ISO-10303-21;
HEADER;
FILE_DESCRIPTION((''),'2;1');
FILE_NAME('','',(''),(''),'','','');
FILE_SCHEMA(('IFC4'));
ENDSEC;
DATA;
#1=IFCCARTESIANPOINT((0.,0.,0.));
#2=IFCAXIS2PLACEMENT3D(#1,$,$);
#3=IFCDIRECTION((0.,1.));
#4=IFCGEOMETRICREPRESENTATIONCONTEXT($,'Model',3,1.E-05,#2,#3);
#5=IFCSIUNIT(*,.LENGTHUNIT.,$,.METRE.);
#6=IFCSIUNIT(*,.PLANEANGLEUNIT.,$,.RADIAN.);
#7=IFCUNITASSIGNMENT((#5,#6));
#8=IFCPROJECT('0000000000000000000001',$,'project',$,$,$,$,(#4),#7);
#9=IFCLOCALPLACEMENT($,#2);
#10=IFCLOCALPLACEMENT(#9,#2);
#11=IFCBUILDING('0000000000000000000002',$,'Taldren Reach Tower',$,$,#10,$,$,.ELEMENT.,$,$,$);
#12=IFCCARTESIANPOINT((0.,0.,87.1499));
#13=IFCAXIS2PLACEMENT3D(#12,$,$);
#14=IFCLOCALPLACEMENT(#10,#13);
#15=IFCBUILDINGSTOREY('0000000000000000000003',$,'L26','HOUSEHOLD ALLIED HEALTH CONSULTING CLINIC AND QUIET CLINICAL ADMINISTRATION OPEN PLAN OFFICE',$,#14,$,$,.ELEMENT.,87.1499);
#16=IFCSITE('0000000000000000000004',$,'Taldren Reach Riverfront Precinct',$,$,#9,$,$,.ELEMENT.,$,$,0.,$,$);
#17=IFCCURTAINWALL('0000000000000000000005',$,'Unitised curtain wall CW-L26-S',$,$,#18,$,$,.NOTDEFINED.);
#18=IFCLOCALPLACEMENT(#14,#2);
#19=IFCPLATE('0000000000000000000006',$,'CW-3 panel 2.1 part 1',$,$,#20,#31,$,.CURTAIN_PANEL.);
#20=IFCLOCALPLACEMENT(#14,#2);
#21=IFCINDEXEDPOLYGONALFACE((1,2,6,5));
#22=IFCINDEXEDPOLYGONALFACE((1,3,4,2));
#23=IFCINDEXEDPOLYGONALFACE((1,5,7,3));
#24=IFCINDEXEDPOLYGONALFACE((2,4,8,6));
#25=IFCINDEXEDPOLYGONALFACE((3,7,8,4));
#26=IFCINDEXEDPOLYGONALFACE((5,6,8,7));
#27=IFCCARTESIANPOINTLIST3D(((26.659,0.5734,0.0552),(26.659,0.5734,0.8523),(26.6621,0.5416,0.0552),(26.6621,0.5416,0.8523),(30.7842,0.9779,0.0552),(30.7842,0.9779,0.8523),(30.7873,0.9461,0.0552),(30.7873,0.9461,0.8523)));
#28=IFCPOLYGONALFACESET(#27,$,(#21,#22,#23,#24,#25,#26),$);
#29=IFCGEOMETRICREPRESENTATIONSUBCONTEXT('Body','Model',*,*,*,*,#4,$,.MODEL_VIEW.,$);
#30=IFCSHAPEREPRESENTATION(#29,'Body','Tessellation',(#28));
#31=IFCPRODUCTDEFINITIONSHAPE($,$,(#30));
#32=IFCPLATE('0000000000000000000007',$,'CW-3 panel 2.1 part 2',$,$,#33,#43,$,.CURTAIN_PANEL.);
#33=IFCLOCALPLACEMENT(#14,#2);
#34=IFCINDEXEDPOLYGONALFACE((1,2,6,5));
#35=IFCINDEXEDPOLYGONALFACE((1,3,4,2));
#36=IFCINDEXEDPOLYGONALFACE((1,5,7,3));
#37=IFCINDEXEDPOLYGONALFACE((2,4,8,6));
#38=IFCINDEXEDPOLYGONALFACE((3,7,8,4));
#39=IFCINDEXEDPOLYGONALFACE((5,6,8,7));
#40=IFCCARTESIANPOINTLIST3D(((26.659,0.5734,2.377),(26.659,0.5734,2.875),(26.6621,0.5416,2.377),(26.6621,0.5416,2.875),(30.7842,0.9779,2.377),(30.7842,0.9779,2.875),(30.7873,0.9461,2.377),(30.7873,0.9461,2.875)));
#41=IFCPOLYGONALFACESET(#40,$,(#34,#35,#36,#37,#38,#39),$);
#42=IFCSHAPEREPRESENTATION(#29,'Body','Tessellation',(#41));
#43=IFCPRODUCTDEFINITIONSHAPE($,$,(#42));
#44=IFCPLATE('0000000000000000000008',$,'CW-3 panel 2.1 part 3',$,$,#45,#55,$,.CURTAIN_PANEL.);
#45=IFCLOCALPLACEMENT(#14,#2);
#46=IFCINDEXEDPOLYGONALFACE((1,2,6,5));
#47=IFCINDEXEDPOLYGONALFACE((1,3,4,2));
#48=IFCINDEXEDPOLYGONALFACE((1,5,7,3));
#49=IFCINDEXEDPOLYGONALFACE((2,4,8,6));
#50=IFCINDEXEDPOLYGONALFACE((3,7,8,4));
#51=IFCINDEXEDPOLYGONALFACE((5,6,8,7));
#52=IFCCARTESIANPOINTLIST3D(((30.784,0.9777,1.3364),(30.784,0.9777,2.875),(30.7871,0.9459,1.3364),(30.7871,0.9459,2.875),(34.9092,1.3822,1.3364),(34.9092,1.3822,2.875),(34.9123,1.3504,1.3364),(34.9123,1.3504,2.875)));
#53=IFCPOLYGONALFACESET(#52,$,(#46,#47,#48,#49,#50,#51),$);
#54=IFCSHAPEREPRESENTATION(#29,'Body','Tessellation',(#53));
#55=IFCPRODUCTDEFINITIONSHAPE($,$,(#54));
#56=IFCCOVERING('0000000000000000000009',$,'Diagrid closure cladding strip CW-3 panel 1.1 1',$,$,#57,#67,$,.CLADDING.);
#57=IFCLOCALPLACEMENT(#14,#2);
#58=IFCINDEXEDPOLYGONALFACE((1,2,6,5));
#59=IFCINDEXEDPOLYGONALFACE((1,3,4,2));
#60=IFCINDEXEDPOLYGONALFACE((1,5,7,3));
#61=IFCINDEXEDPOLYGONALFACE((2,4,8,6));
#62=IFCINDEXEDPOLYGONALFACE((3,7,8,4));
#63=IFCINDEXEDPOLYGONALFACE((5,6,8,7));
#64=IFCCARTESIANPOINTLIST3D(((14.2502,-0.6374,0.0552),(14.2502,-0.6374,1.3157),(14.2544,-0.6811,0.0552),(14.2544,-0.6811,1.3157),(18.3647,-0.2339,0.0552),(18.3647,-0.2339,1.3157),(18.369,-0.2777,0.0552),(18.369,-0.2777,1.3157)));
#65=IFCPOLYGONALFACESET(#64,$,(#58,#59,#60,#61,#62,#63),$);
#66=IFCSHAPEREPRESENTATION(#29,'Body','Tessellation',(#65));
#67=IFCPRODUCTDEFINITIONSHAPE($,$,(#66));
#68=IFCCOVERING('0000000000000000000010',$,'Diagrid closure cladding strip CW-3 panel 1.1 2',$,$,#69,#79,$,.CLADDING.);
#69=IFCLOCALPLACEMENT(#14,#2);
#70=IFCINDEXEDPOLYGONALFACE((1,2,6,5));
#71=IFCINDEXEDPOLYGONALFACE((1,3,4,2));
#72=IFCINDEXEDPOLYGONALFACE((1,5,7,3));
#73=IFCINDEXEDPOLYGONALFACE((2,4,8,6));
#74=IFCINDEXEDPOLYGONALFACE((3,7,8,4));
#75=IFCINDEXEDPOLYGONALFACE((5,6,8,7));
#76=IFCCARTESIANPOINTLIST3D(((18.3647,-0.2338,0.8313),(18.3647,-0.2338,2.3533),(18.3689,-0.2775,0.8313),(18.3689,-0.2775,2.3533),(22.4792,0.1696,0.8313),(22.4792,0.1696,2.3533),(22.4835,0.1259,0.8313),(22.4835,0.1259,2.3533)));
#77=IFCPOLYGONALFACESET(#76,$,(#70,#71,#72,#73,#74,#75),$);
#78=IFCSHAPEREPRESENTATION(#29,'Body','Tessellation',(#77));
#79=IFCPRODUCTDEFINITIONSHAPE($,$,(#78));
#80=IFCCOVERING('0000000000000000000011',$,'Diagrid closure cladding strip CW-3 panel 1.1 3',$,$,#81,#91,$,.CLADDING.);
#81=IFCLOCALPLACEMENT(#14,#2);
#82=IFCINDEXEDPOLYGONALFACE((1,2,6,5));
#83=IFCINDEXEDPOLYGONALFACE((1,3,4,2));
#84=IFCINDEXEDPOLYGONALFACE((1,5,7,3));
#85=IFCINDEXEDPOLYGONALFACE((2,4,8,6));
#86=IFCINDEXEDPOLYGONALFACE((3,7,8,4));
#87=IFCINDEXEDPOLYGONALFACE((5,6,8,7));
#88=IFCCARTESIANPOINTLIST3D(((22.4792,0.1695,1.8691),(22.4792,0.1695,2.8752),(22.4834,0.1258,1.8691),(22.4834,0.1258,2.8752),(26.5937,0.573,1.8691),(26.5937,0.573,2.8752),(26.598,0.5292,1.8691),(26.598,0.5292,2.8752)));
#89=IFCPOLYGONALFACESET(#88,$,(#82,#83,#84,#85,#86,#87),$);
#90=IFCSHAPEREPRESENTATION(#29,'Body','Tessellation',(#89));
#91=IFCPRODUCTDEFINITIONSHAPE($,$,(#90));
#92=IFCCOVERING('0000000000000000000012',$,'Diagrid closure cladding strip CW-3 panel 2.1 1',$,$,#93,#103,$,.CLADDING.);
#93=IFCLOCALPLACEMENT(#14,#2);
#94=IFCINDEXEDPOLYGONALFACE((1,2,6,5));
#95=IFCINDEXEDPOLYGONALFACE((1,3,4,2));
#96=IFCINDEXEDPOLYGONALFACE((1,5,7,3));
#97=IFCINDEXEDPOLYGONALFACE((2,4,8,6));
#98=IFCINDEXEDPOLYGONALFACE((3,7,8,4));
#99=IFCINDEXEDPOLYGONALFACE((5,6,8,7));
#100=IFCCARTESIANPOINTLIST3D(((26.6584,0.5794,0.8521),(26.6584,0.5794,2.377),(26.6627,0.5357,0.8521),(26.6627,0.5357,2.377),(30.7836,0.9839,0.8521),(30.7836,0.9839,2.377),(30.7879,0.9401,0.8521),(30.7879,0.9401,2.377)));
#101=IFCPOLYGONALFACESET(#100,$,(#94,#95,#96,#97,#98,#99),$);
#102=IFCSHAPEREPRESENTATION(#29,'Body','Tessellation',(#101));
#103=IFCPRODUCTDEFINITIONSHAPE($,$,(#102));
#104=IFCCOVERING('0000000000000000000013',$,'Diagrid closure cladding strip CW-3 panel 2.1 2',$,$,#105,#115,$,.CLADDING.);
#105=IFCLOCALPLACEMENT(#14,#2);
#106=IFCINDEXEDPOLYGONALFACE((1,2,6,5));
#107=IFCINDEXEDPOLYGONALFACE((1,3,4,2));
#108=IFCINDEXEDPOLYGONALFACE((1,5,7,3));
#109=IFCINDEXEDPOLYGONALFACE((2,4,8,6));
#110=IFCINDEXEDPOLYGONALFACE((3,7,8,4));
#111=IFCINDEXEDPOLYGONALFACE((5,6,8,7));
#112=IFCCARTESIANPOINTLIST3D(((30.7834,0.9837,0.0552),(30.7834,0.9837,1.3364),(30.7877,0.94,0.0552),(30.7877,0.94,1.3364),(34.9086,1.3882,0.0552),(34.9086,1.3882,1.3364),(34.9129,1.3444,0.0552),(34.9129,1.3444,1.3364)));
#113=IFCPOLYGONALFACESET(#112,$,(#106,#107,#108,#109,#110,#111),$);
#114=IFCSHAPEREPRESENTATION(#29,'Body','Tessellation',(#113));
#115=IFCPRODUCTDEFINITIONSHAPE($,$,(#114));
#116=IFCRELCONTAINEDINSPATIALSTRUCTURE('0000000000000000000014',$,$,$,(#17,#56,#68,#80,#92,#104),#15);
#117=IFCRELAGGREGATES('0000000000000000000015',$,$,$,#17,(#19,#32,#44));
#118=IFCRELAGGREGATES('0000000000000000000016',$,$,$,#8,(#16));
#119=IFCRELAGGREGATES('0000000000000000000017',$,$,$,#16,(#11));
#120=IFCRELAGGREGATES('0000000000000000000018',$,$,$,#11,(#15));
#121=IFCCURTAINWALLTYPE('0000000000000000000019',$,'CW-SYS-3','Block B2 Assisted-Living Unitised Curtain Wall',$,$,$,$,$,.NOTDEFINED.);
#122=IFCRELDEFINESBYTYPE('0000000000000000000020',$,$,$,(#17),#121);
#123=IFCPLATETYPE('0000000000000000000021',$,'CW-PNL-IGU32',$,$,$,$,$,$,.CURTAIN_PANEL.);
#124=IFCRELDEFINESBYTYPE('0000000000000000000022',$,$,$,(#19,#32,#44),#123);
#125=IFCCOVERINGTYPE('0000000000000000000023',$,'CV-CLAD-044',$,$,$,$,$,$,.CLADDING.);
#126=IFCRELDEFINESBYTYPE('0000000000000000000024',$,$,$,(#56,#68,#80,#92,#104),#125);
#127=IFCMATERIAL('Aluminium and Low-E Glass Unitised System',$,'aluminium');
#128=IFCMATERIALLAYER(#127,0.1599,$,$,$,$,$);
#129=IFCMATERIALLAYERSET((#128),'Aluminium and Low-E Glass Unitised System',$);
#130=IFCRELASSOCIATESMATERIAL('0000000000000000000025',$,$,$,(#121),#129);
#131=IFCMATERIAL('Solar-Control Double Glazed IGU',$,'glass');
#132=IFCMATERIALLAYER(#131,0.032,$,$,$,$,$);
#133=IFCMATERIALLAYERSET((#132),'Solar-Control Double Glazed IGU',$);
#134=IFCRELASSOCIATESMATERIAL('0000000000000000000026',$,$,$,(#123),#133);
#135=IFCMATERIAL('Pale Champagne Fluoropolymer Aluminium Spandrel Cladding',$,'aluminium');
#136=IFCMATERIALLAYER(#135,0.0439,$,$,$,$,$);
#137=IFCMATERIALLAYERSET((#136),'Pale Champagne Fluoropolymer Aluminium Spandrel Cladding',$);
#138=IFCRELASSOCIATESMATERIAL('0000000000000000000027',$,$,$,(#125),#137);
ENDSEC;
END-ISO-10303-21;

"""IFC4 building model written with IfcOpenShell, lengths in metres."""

from ifc_helpers import new_model, si_unit, direction, frame, origin, origin_2d, place, context, subcontext, project, spatial, rectangle, extrude, source, transform, mapped, material, layer, layer_set, type_object, element, aggregate, save


model = new_model("IFC4")

# Units and contexts
model_context = context("Model", 3, precision=1e-05, world=origin(), true_north=direction((0.0, 1.0)))
body_context = subcontext(model_context, "Body", "Model", "MODEL_VIEW")
ifc_project = project(units=[si_unit("LENGTHUNIT", "METRE"), si_unit("PLANEANGLEUNIT", "RADIAN")], contexts=[model_context])

# Site, building, storey
site_placement = place(None, origin())
site = spatial("IfcSite", under=ifc_project, at=site_placement, Name="Taldren Reach Riverfront Precinct", CompositionType="ELEMENT", RefElevation=0.0)
building_placement = place(site_placement, origin())
building = spatial("IfcBuilding", under=site, at=building_placement, Name="Taldren Reach Tower", CompositionType="ELEMENT")
storey_placement = place(building_placement, frame((0.0, 0.0, 87.1499)))
storey = spatial("IfcBuildingStorey", under=building, at=storey_placement, Name="L26", Description="HOUSEHOLD ALLIED HEALTH CONSULTING CLINIC AND QUIET CLINICAL ADMINISTRATION OPEN PLAN OFFICE", CompositionType="ELEMENT", Elevation=87.1499)

# Curtain wall
ifc_material_1 = material(Name="Aluminium and Low-E Glass Unitised System", Category="aluminium")
ifc_layer_1 = layer(ifc_material_1, 0.1599)
ifc_layer_set_1 = layer_set([ifc_layer_1], Name="Aluminium and Low-E Glass Unitised System")
curtain_wall_type = type_object("IfcCurtainWallType", Name="CW-SYS-3", Description="Block B2 Assisted-Living Unitised Curtain Wall", PredefinedType="NOTDEFINED", material=ifc_layer_set_1)
curtain_wall_placement = place(storey_placement, origin())
curtain_wall = element("IfcCurtainWall", 1, at=curtain_wall_placement, inside=storey, type_object=curtain_wall_type, Name="Unitised curtain wall CW-L26-S", PredefinedType="NOTDEFINED")

# Plates
ifc_material_2 = material(Name="Solar-Control Double Glazed IGU", Category="glass")
ifc_layer_2 = layer(ifc_material_2, 0.032)
ifc_layer_set_2 = layer_set([ifc_layer_2], Name="Solar-Control Double Glazed IGU")
plate_type_1 = type_object("IfcPlateType", Name="CW-PNL-IGU32", PredefinedType="CURTAIN_PANEL", material=ifc_layer_set_2)
shared_shape_1 = source(origin(), body_context, "Body", "SweptSolid", [
    extrude(rectangle(XDim=4.145, YDim=0.032, at=origin_2d()), origin(), (0.0, 0.0, 1.0), 0.7971),
])
plate_1_placement = place(storey_placement, frame((28.7231, 0.7598, 0.0552), z_axis=(0.0, 0.0, 1.0), x_axis=(0.995227, 0.097583, 0.0)))
plate_1 = element("IfcPlate", 2, at=plate_1_placement, type_object=plate_type_1, Name="CW-3 panel 2.1 part 1", PredefinedType="CURTAIN_PANEL", context=body_context, shape_type="MappedRepresentation", body=[
    mapped(shared_shape_1, transform((0.0, 0.0, 0.0), scale=1.0)),
])
shared_shape_2 = source(origin(), body_context, "Body", "SweptSolid", [
    extrude(rectangle(XDim=4.145, YDim=0.032, at=origin_2d()), origin(), (0.0, 0.0, 1.0), 0.498),
])
plate_2_placement = place(storey_placement, frame((28.7231, 0.7598, 2.377), z_axis=(0.0, 0.0, 1.0), x_axis=(0.995227, 0.097583, 0.0)))
plate_2 = element("IfcPlate", 3, at=plate_2_placement, type_object=plate_type_1, Name="CW-3 panel 2.1 part 2", PredefinedType="CURTAIN_PANEL", context=body_context, shape_type="MappedRepresentation", body=[
    mapped(shared_shape_2, transform((0.0, 0.0, 0.0), scale=1.0)),
])
shared_shape_3 = source(origin(), body_context, "Body", "SweptSolid", [
    extrude(rectangle(XDim=4.145, YDim=0.032, at=origin_2d()), origin(), (0.0, 0.0, 1.0), 1.5386),
])
plate_3_placement = place(storey_placement, frame((32.8481, 1.1641, 1.3364), z_axis=(0.0, 0.0, 1.0), x_axis=(0.995227, 0.097583, 0.0)))
plate_3 = element("IfcPlate", 4, at=plate_3_placement, type_object=plate_type_1, Name="CW-3 panel 2.1 part 3", PredefinedType="CURTAIN_PANEL", context=body_context, shape_type="MappedRepresentation", body=[
    mapped(shared_shape_3, transform((0.0, 0.0, 0.0), scale=1.0)),
])
aggregate(curtain_wall, [plate_1, plate_2, plate_3])

# Coverings
ifc_material_3 = material(Name="Pale Champagne Fluoropolymer Aluminium Spandrel Cladding", Category="aluminium")
ifc_layer_3 = layer(ifc_material_3, 0.0439)
ifc_layer_set_3 = layer_set([ifc_layer_3], Name="Pale Champagne Fluoropolymer Aluminium Spandrel Cladding")
covering_type = type_object("IfcCoveringType", Name="CV-CLAD-044", PredefinedType="CLADDING", material=ifc_layer_set_3)
shared_shape_4 = source(origin(), body_context, "Body", "SweptSolid", [
    extrude(rectangle(XDim=4.1343, YDim=0.0439, at=origin_2d()), origin(), (0.0, 0.0, 1.0), 1.2605),
])
covering_1_placement = place(storey_placement, frame((16.3096, -0.4575, 0.0552), z_axis=(0.0, 0.0, 1.0), x_axis=(0.995227, 0.097583, 0.0)))
element("IfcCovering", 5, at=covering_1_placement, inside=storey, type_object=covering_type, Name="Diagrid closure cladding strip CW-3 panel 1.1 1", PredefinedType="CLADDING", context=body_context, shape_type="MappedRepresentation", body=[
    mapped(shared_shape_4, transform((0.0, 0.0, 0.0), scale=1.0)),
])
shared_shape_5 = source(origin(), body_context, "Body", "SweptSolid", [
    extrude(rectangle(XDim=4.1343, YDim=0.0439, at=origin_2d()), origin(), (0.0, 0.0, 1.0), 1.522),
])
covering_2_placement = place(storey_placement, frame((20.4241, -0.054, 0.8313), z_axis=(0.0, 0.0, 1.0), x_axis=(0.995227, 0.097583, 0.0)))
element("IfcCovering", 6, at=covering_2_placement, inside=storey, type_object=covering_type, Name="Diagrid closure cladding strip CW-3 panel 1.1 2", PredefinedType="CLADDING", context=body_context, shape_type="MappedRepresentation", body=[
    mapped(shared_shape_5, transform((0.0, 0.0, 0.0), scale=1.0)),
])
shared_shape_6 = source(origin(), body_context, "Body", "SweptSolid", [
    extrude(rectangle(XDim=4.1343, YDim=0.0439, at=origin_2d()), origin(), (0.0, 0.0, 1.0), 1.0061),
])
covering_3_placement = place(storey_placement, frame((24.5386, 0.3494, 1.8691), z_axis=(0.0, 0.0, 1.0), x_axis=(0.995227, 0.097583, 0.0)))
element("IfcCovering", 7, at=covering_3_placement, inside=storey, type_object=covering_type, Name="Diagrid closure cladding strip CW-3 panel 1.1 3", PredefinedType="CLADDING", context=body_context, shape_type="MappedRepresentation", body=[
    mapped(shared_shape_6, transform((0.0, 0.0, 0.0), scale=1.0)),
])
shared_shape_7 = source(origin(), body_context, "Body", "SweptSolid", [
    extrude(rectangle(XDim=4.145, YDim=0.0439, at=origin_2d()), origin(), (0.0, 0.0, 1.0), 1.5249),
])
covering_4_placement = place(storey_placement, frame((28.7231, 0.7598, 0.8521), z_axis=(0.0, 0.0, 1.0), x_axis=(0.995227, 0.097583, 0.0)))
element("IfcCovering", 8, at=covering_4_placement, inside=storey, type_object=covering_type, Name="Diagrid closure cladding strip CW-3 panel 2.1 1", PredefinedType="CLADDING", context=body_context, shape_type="MappedRepresentation", body=[
    mapped(shared_shape_7, transform((0.0, 0.0, 0.0), scale=1.0)),
])
shared_shape_8 = source(origin(), body_context, "Body", "SweptSolid", [
    extrude(rectangle(XDim=4.145, YDim=0.0439, at=origin_2d()), origin(), (0.0, 0.0, 1.0), 1.2812),
])
covering_5_placement = place(storey_placement, frame((32.8481, 1.1641, 0.0552), z_axis=(0.0, 0.0, 1.0), x_axis=(0.995227, 0.097583, 0.0)))
element("IfcCovering", 9, at=covering_5_placement, inside=storey, type_object=covering_type, Name="Diagrid closure cladding strip CW-3 panel 2.1 2", PredefinedType="CLADDING", context=body_context, shape_type="MappedRepresentation", body=[
    mapped(shared_shape_8, transform((0.0, 0.0, 0.0), scale=1.0)),
])

save(model, "model.ifc")
